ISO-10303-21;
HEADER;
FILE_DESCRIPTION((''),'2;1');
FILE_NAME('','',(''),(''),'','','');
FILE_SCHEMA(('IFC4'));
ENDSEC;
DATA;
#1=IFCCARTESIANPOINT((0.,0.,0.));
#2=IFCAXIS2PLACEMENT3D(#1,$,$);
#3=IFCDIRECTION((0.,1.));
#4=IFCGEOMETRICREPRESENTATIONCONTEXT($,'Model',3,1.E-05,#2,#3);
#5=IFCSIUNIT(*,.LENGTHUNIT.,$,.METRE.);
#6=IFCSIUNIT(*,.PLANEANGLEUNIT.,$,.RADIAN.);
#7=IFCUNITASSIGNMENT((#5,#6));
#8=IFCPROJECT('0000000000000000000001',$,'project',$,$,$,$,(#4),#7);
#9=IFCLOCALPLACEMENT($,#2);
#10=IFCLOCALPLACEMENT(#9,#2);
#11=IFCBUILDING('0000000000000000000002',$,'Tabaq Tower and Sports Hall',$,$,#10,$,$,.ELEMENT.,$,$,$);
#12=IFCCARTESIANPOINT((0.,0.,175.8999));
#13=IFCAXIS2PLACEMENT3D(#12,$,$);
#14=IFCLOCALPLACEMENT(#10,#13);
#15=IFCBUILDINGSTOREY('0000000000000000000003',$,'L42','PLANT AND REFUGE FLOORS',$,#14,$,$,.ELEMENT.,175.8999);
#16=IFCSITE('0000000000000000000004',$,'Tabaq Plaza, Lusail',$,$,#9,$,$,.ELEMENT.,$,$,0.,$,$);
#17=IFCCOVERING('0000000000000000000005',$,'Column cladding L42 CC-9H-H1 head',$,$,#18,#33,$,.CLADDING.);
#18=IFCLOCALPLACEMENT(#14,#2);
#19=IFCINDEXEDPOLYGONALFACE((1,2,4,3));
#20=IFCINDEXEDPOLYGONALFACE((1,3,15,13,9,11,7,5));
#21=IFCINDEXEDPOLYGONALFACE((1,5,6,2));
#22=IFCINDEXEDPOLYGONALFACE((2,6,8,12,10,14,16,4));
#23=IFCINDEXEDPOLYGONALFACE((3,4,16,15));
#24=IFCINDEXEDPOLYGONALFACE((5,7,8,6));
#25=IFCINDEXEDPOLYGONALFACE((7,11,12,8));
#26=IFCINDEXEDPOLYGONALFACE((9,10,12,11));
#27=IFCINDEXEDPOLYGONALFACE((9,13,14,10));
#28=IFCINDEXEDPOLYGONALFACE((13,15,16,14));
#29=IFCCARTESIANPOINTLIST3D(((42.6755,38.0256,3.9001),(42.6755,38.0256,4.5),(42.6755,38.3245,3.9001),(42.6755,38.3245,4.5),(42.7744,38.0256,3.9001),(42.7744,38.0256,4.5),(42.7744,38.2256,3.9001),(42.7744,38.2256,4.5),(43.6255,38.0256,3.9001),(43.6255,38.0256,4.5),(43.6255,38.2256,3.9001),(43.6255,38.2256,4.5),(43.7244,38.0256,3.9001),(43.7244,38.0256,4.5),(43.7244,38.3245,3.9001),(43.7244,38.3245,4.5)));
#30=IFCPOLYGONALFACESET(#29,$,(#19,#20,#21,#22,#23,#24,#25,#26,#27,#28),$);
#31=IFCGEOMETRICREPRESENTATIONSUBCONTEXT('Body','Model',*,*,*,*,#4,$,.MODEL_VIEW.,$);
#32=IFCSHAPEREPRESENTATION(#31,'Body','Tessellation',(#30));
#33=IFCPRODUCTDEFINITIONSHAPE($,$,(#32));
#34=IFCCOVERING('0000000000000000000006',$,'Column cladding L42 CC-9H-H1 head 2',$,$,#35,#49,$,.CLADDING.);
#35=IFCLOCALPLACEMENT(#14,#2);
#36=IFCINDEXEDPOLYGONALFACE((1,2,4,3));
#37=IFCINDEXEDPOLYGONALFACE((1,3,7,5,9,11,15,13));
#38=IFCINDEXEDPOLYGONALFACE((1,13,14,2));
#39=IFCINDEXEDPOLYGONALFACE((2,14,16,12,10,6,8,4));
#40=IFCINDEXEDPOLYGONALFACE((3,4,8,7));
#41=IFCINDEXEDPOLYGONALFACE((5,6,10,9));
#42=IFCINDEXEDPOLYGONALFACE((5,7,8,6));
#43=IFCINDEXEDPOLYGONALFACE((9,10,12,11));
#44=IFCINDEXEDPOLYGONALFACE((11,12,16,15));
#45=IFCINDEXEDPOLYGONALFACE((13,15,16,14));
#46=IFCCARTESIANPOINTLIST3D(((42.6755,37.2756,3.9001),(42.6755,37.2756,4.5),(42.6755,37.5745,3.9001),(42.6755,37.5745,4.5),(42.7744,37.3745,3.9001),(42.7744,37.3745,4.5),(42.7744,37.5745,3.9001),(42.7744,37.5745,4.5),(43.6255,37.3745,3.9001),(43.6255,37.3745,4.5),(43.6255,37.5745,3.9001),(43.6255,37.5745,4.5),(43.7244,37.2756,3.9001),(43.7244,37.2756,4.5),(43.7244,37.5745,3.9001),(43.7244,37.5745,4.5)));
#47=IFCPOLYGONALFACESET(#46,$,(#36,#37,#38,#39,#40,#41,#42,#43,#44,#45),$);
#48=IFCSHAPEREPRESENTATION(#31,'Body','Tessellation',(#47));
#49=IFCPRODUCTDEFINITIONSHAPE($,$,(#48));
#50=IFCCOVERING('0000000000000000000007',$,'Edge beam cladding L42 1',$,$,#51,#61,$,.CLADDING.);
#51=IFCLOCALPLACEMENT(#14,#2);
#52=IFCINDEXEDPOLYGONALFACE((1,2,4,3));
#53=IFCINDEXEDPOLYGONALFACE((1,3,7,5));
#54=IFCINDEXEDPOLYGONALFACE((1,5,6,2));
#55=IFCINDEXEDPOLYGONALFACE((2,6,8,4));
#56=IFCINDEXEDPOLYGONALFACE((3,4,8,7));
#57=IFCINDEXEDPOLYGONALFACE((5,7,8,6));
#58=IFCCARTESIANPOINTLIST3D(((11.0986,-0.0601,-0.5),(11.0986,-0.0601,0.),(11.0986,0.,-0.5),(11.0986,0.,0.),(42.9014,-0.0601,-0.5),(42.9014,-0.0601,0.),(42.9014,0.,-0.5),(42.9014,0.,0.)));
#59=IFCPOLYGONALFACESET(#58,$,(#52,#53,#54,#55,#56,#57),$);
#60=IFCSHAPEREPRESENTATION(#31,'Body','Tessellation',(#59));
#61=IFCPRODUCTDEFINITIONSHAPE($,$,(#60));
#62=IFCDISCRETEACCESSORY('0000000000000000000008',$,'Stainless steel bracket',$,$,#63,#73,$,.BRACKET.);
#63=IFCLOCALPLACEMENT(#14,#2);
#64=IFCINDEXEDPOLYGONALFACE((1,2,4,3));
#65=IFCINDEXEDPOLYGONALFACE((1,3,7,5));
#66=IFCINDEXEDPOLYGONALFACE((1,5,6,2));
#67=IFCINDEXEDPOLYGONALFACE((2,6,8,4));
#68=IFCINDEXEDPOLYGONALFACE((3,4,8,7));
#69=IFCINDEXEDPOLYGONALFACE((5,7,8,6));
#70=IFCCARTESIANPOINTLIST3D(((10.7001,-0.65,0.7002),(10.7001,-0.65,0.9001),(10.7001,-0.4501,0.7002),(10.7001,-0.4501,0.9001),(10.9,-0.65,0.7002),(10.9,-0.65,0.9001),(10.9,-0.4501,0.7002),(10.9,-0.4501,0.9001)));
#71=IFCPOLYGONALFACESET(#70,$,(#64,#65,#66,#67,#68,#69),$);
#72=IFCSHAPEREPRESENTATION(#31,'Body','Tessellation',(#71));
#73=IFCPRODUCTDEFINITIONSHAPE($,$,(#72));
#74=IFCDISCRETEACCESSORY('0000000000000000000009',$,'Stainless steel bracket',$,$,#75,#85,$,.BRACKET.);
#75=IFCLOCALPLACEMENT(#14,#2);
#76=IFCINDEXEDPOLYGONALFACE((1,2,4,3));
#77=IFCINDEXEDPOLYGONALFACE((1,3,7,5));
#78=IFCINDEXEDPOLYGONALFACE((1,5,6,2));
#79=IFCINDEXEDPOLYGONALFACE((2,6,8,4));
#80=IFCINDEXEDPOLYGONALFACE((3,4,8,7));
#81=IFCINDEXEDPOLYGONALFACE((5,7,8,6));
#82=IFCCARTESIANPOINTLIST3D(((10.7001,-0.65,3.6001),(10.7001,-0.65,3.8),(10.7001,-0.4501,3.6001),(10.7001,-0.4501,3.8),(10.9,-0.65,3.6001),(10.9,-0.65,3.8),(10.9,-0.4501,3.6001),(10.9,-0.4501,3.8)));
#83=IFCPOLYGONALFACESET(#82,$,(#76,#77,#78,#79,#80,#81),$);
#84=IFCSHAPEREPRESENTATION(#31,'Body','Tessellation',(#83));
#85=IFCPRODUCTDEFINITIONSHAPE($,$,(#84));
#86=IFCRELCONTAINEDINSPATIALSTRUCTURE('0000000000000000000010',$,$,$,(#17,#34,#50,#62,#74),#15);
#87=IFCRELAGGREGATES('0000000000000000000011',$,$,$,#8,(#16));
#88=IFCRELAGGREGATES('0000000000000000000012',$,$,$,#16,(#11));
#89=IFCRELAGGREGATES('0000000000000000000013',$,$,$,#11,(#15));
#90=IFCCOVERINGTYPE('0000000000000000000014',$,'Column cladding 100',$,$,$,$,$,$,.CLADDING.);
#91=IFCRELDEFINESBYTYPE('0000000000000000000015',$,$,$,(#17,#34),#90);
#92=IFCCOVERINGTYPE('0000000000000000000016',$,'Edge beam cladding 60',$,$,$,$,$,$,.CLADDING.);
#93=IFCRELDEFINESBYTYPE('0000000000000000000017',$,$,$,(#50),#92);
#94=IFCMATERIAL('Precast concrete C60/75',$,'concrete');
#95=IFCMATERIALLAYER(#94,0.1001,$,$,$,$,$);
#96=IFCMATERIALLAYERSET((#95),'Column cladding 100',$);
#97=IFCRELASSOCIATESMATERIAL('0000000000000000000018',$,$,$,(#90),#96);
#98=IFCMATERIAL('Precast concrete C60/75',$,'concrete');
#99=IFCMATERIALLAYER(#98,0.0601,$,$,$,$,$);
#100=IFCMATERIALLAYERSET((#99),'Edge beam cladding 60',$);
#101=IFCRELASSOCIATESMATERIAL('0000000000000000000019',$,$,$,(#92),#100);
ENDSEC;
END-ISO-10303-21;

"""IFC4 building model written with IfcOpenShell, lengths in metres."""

from ifc_helpers import new_model, si_unit, direction, frame, frame_2d, origin, origin_2d, place, context, subcontext, project, spatial, polyline, rectangle, outline, extrude, material, layer, layer_set, type_object, element, save


model = new_model("IFC4")

# Units and contexts
model_context = context("Model", 3, precision=1e-05, world=origin(), true_north=direction((0.0, 1.0)))
body_context = subcontext(model_context, "Body", "Model", "MODEL_VIEW")
ifc_project = project(units=[si_unit("LENGTHUNIT", "METRE"), si_unit("PLANEANGLEUNIT", "RADIAN")], contexts=[model_context])

# Site, building, storey
site_placement = place(None, origin())
site = spatial("IfcSite", under=ifc_project, at=site_placement, Name="Tabaq Plaza, Lusail", CompositionType="ELEMENT", RefElevation=0.0)
building_placement = place(site_placement, origin())
building = spatial("IfcBuilding", under=site, at=building_placement, Name="Tabaq Tower and Sports Hall", CompositionType="ELEMENT")
storey_placement = place(building_placement, frame((0.0, 0.0, 175.8999)))
storey = spatial("IfcBuildingStorey", under=building, at=storey_placement, Name="L42", Description="PLANT AND REFUGE FLOORS", CompositionType="ELEMENT", Elevation=175.8999)

# Coverings
ifc_material_1 = material(Name="Precast concrete C60/75", Category="concrete")
ifc_layer_1 = layer(ifc_material_1, 0.1001)
ifc_layer_set_1 = layer_set([ifc_layer_1], Name="Column cladding 100")
covering_type_1 = type_object("IfcCoveringType", Name="Column cladding 100", PredefinedType="CLADDING", material=ifc_layer_set_1)
covering_1_placement = place(storey_placement, frame((0.0, 0.0, 3.9001)))
element("IfcCovering", 1, at=covering_1_placement, inside=storey, type_object=covering_type_1, Name="Column cladding L42 CC-9H-H1 head", PredefinedType="CLADDING", context=body_context, shape_type="SweptSolid", body=[
    extrude(outline(polyline([(42.7744, 38.0256), (42.6755, 38.0256), (42.6755, 38.3245), (43.7244, 38.3245), (43.7244, 38.0256), (43.6255, 38.0256), (43.6255, 38.2256), (42.7744, 38.2256), (42.7744, 38.0256)])), origin(), (0.0, 0.0, 1.0), 0.5999),
])
covering_2_placement = place(storey_placement, frame((0.0, 0.0, 3.9001)))
element("IfcCovering", 2, at=covering_2_placement, inside=storey, type_object=covering_type_1, Name="Column cladding L42 CC-9H-H1 head 2", PredefinedType="CLADDING", context=body_context, shape_type="SweptSolid", body=[
    extrude(outline(polyline([(42.7744, 37.5745), (42.7744, 37.3745), (43.6255, 37.3745), (43.6255, 37.5745), (43.7244, 37.5745), (43.7244, 37.2756), (42.6755, 37.2756), (42.6755, 37.5745), (42.7744, 37.5745)])), origin(), (0.0, 0.0, 1.0), 0.5999),
])
ifc_material_2 = material(Name="Precast concrete C60/75", Category="concrete")
ifc_layer_2 = layer(ifc_material_2, 0.0601)
ifc_layer_set_2 = layer_set([ifc_layer_2], Name="Edge beam cladding 60")
covering_type_2 = type_object("IfcCoveringType", Name="Edge beam cladding 60", PredefinedType="CLADDING", material=ifc_layer_set_2)
covering_3_placement = place(storey_placement, frame((11.0986, -0.03, -0.5), z_axis=(0.0, 0.0, 1.0), x_axis=(1.0, 0.0, 0.0)))
element("IfcCovering", 3, at=covering_3_placement, inside=storey, type_object=covering_type_2, Name="Edge beam cladding L42 1", PredefinedType="CLADDING", context=body_context, shape_type="SweptSolid", body=[
    extrude(rectangle(XDim=31.8027, YDim=0.0601, at=frame_2d((15.9014, 0.0))), origin(), (0.0, 0.0, 1.0), 0.5),
])

# Discrete accessories
for number, where, z_axis, x_axis, name in (
    (4, (10.8, -0.55, 0.7002), (0.0, 0.0, 1.0), (0.0, 1.0, 0.0), "Stainless steel bracket"),
    (5, (10.8, -0.55, 3.6001), (0.0, 0.0, 1.0), (0.0, 1.0, 0.0), "Stainless steel bracket"),
):
    element("IfcDiscreteAccessory", number, at=place(storey_placement, frame(where, z_axis=z_axis, x_axis=x_axis)), inside=storey, Name=name, PredefinedType="BRACKET", context=body_context, shape_type="SweptSolid", body=[
        extrude(rectangle(XDim=0.2, YDim=0.2, at=origin_2d()), origin(), (0.0, 0.0, 1.0), 0.2),
    ])

save(model, "model.ifc")
